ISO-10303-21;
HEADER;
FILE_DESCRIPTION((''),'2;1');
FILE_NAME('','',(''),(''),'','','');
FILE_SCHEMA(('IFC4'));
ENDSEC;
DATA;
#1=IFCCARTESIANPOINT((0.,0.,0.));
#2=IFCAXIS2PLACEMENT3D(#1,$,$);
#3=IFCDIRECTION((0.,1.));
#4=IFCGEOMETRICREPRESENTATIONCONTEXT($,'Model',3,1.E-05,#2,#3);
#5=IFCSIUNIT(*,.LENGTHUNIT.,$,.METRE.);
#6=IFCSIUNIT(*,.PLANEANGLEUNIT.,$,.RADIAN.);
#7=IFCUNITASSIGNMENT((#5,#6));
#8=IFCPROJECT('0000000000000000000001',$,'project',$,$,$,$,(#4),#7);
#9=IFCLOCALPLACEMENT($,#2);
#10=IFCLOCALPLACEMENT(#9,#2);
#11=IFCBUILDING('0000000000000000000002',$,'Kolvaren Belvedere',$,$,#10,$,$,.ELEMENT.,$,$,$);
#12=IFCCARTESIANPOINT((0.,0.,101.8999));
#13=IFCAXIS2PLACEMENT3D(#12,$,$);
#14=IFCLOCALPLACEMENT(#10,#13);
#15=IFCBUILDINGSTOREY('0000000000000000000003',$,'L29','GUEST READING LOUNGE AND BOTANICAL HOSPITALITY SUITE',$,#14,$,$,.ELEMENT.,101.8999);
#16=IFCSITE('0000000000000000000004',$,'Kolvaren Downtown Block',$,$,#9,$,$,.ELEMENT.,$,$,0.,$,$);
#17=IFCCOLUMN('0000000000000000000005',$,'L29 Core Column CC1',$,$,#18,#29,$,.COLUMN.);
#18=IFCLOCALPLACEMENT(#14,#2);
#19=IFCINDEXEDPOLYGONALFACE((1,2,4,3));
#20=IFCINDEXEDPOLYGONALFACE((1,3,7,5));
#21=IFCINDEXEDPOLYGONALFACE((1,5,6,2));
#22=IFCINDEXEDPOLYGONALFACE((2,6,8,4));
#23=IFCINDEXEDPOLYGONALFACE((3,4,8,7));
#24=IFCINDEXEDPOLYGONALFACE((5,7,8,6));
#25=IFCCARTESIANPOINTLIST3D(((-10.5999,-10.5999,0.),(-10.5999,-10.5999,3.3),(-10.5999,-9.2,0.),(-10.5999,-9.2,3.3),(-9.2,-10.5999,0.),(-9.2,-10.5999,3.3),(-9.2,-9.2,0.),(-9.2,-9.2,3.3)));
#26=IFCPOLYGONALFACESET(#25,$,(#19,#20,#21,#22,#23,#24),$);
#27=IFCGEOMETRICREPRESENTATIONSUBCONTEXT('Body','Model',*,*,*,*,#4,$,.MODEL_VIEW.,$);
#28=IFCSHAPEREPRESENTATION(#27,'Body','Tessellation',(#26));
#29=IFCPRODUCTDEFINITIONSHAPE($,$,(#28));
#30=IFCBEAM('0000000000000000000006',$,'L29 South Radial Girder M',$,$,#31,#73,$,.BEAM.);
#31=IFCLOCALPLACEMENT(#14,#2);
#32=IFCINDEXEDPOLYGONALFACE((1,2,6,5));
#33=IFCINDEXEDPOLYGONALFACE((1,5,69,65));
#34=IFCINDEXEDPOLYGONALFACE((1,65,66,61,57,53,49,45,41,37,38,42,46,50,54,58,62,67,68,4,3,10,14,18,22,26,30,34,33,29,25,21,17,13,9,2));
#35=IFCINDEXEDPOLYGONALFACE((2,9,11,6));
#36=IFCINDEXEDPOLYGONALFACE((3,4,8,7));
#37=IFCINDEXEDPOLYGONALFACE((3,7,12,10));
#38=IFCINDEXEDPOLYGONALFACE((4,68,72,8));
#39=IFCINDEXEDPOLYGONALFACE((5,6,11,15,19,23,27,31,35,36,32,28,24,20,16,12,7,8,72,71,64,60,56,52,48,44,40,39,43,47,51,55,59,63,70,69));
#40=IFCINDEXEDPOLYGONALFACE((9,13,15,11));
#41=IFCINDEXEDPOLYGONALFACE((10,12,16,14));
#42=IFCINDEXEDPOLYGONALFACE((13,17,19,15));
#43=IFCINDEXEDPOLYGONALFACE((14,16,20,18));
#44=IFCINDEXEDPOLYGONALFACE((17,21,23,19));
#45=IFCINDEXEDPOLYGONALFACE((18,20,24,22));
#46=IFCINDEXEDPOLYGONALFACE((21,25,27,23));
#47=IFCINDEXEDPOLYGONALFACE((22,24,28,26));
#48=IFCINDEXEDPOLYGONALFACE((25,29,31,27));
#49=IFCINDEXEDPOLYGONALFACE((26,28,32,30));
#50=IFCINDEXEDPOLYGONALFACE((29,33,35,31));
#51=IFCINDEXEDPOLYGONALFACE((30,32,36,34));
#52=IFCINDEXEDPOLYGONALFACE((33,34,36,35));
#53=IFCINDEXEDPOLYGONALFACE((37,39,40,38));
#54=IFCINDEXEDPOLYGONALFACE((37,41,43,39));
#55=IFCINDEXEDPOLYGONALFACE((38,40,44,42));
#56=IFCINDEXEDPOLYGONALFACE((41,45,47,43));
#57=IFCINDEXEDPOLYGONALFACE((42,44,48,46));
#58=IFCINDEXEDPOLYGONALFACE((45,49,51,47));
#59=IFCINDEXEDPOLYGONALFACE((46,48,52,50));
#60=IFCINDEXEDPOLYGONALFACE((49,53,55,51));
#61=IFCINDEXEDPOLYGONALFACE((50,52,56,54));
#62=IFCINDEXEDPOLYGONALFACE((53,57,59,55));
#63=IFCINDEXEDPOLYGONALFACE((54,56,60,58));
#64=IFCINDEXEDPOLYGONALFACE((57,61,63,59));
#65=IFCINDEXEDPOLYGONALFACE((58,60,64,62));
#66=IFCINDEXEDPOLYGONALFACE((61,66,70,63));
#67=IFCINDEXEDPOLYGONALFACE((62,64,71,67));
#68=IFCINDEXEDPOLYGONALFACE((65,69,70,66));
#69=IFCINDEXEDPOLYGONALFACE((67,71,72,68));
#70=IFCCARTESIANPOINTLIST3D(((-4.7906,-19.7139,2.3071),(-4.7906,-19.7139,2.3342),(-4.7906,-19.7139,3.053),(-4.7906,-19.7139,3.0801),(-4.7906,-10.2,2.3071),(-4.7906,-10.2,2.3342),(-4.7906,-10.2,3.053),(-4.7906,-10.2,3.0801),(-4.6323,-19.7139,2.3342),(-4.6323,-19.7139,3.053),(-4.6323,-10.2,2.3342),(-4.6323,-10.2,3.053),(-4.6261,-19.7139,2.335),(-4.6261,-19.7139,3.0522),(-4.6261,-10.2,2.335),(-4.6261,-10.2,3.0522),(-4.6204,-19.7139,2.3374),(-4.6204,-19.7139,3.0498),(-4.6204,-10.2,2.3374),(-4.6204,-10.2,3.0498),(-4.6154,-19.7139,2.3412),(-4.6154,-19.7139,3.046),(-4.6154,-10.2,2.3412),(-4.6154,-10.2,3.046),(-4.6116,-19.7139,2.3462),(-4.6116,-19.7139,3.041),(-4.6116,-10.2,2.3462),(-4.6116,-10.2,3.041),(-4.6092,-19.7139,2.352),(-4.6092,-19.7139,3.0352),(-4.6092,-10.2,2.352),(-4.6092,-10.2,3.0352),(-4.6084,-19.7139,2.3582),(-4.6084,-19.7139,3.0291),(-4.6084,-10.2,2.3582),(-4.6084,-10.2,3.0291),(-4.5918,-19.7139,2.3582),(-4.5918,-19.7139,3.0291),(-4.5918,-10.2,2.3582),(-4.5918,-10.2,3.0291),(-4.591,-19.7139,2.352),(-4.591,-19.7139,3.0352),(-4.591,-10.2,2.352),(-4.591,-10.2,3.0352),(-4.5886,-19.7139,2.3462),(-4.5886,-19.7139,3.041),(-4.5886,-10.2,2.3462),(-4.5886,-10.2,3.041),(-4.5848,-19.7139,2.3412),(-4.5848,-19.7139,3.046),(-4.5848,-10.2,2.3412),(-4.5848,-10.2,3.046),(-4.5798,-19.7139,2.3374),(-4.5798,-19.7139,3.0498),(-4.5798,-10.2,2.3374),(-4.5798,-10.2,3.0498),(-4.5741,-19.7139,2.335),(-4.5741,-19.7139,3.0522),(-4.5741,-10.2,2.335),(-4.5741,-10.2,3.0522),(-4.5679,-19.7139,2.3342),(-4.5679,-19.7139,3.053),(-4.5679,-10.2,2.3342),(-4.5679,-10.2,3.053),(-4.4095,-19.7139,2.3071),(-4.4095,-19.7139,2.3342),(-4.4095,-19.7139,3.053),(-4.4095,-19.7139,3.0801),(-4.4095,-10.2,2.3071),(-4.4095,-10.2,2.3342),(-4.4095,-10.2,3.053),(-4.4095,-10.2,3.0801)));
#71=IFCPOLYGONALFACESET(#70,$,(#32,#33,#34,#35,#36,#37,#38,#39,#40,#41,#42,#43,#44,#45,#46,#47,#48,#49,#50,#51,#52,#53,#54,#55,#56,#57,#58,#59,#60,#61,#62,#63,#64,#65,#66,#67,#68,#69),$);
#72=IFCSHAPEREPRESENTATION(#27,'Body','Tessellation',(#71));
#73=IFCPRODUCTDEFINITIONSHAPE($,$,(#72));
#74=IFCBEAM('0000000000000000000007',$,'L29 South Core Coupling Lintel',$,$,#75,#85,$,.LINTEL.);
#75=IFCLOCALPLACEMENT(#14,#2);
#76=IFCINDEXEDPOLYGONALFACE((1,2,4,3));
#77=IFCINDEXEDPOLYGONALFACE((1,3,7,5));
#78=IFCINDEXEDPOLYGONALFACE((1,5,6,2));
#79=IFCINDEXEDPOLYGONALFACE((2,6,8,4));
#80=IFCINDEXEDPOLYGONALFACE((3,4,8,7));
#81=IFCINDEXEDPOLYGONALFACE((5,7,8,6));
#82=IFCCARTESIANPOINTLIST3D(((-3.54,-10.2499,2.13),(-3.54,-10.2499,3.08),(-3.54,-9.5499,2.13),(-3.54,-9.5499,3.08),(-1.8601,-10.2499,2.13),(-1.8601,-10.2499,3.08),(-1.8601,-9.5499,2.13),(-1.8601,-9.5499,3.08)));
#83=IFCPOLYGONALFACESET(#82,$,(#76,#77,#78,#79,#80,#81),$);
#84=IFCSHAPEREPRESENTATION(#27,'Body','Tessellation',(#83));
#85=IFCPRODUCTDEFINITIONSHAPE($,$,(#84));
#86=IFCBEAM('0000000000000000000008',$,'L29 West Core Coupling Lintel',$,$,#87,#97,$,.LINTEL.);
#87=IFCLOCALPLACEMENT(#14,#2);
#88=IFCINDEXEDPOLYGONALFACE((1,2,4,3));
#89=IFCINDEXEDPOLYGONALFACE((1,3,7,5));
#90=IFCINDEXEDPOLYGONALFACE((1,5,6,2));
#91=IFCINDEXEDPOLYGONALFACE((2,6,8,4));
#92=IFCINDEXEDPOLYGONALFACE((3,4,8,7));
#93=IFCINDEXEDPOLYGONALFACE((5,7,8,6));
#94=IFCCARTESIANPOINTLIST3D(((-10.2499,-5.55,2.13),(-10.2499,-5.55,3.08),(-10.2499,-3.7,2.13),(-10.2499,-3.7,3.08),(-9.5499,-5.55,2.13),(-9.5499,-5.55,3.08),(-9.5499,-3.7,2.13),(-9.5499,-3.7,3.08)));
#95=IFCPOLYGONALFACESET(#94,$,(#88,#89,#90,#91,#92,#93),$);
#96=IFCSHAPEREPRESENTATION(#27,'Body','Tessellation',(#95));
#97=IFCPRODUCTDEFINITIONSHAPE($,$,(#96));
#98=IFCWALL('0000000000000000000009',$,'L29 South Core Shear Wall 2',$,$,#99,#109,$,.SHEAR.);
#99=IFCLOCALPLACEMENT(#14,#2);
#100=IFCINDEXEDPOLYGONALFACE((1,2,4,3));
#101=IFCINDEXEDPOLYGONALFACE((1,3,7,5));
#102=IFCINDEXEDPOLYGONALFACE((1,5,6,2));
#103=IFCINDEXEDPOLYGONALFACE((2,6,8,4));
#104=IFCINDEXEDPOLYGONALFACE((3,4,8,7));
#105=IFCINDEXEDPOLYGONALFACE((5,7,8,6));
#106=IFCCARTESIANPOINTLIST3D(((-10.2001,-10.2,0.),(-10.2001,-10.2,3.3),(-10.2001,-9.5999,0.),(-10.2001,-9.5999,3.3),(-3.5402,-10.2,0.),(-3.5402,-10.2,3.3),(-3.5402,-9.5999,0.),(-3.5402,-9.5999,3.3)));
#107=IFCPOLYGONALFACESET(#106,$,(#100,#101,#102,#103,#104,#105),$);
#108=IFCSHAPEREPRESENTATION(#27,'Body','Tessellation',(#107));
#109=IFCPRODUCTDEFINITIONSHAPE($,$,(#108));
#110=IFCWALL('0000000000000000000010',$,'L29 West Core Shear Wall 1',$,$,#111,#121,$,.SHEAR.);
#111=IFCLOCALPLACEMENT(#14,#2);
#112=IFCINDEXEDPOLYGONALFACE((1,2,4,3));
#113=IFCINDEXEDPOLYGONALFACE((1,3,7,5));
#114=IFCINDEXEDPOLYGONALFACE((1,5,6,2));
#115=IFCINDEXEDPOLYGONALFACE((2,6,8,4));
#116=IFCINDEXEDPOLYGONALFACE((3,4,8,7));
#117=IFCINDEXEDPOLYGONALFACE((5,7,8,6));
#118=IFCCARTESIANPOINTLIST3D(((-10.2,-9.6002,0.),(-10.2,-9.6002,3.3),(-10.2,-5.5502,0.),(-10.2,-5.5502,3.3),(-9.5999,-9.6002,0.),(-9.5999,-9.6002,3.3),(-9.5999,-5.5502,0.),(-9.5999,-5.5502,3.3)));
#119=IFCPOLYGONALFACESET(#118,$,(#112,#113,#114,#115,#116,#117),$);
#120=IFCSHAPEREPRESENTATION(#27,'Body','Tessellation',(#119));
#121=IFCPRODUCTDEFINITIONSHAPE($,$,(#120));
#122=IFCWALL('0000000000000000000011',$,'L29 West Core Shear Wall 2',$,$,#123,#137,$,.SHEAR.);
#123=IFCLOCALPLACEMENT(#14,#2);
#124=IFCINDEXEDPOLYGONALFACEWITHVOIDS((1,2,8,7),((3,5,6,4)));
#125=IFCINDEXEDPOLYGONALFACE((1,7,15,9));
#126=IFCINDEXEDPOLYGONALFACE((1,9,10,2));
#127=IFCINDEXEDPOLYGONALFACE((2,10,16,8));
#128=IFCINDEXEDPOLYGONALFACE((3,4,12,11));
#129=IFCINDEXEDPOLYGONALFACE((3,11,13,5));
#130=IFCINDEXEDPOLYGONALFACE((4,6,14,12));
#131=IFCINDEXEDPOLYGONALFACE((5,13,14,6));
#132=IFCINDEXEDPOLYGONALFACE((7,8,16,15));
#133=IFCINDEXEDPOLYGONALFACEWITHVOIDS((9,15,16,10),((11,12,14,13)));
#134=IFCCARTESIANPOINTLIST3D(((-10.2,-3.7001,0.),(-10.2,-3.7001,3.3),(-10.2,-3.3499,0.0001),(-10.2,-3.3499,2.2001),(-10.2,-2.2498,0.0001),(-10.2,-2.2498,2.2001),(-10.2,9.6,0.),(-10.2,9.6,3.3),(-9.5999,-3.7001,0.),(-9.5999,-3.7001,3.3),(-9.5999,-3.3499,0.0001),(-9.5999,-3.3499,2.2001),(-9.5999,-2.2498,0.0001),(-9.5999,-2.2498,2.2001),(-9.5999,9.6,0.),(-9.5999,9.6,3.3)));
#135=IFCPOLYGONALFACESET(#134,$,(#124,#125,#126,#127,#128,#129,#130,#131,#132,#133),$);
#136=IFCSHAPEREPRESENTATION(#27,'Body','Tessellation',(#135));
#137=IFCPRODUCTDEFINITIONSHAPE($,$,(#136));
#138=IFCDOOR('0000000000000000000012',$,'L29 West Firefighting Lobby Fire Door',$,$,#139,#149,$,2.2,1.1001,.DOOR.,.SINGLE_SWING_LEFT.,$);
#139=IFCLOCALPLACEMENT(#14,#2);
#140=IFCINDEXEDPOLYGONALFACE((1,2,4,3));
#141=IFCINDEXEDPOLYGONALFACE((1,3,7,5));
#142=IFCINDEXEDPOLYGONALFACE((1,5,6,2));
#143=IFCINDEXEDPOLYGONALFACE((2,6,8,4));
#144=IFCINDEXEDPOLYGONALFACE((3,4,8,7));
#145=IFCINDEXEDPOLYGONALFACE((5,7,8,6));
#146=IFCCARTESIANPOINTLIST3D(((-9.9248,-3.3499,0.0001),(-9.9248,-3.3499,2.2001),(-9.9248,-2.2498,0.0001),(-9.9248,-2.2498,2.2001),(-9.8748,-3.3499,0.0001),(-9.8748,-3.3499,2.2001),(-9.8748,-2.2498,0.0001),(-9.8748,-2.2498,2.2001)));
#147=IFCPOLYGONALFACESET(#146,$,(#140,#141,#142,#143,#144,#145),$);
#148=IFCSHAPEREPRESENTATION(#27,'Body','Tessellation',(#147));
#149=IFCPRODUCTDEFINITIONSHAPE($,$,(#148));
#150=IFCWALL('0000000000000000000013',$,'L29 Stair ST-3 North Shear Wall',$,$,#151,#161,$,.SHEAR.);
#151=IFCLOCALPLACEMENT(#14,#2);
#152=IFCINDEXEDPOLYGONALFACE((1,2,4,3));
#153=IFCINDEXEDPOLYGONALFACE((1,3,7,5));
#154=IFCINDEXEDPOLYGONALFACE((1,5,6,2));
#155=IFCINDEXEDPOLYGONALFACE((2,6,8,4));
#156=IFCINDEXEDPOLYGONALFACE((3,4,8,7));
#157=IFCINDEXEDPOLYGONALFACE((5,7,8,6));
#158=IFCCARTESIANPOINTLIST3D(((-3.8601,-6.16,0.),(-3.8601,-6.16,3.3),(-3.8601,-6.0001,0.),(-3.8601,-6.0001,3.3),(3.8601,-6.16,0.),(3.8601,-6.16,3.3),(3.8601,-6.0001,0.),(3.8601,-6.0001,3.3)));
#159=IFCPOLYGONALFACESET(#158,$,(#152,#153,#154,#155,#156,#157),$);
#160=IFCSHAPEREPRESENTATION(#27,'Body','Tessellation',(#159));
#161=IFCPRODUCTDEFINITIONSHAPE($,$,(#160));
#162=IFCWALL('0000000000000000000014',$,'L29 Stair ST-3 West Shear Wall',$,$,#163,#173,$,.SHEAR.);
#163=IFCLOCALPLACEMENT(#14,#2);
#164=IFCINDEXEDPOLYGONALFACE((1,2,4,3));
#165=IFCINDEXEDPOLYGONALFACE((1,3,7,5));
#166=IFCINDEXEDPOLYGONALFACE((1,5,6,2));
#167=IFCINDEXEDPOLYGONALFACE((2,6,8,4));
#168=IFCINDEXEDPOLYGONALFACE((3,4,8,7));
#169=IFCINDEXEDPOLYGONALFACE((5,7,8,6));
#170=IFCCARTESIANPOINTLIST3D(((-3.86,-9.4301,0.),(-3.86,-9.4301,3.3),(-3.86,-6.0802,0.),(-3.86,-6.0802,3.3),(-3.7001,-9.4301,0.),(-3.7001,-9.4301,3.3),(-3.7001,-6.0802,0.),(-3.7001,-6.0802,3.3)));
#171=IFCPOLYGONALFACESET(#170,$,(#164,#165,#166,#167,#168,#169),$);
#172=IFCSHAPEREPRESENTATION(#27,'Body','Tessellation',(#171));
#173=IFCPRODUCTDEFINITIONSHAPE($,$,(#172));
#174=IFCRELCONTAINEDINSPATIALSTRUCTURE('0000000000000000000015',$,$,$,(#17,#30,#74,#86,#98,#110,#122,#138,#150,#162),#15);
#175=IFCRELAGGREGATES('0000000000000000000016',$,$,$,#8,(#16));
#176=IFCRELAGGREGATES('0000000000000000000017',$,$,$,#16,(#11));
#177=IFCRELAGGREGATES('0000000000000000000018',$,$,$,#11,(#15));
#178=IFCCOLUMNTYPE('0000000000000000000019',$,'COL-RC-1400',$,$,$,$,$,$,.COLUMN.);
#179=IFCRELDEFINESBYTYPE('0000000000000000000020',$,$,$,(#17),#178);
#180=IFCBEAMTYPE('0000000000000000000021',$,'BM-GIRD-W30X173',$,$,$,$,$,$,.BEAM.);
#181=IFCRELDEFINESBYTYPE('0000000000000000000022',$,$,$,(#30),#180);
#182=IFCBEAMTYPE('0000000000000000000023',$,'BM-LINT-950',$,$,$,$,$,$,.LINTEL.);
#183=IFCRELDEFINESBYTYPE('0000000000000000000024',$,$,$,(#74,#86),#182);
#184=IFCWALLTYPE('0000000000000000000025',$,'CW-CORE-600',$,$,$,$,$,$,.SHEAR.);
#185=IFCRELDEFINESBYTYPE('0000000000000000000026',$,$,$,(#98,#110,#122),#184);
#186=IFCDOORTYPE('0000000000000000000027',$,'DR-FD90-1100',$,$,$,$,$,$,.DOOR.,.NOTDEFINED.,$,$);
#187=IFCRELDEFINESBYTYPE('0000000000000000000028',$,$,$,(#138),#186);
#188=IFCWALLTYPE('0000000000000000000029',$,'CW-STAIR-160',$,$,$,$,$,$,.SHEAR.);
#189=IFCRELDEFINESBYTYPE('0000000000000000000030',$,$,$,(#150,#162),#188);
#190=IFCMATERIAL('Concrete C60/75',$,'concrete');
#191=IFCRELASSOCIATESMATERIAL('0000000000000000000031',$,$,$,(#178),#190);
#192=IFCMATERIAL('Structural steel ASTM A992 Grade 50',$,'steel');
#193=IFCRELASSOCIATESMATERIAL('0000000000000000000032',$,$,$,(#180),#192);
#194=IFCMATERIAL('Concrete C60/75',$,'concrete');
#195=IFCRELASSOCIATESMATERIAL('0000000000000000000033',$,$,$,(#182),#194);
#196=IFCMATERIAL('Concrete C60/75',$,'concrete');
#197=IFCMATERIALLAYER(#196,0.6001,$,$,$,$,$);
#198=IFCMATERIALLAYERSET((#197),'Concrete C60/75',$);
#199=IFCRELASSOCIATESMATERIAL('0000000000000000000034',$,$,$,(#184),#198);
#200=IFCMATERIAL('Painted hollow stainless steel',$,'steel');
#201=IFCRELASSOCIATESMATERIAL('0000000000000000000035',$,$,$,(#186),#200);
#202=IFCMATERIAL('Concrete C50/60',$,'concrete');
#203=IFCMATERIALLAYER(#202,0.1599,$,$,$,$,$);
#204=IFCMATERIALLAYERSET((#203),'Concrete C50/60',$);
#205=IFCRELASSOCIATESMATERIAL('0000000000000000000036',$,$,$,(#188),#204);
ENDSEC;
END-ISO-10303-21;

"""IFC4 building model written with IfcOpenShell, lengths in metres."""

from ifc_helpers import new_model, si_unit, direction, frame, frame_2d, origin, origin_2d, place, context, subcontext, project, spatial, rectangle, i_section, extrude, material, layer, layer_set, material_profile, profile_set, type_object, element, fill, save


model = new_model("IFC4")

# Units and contexts
model_context = context("Model", 3, precision=1e-05, world=origin(), true_north=direction((0.0, 1.0)))
body_context = subcontext(model_context, "Body", "Model", "MODEL_VIEW")
ifc_project = project(units=[si_unit("LENGTHUNIT", "METRE"), si_unit("PLANEANGLEUNIT", "RADIAN")], contexts=[model_context])

# Site, building, storey
site_placement = place(None, origin())
site = spatial("IfcSite", under=ifc_project, at=site_placement, Name="Kolvaren Downtown Block", CompositionType="ELEMENT", RefElevation=0.0)
building_placement = place(site_placement, origin())
building = spatial("IfcBuilding", under=site, at=building_placement, Name="Kolvaren Belvedere", CompositionType="ELEMENT")
storey_placement = place(building_placement, frame((0.0, 0.0, 101.8999)))
storey = spatial("IfcBuildingStorey", under=building, at=storey_placement, Name="L29", Description="GUEST READING LOUNGE AND BOTANICAL HOSPITALITY SUITE", CompositionType="ELEMENT", Elevation=101.8999)

# Column
ifc_material_1 = material(Name="Concrete C60/75", Category="concrete")
ifc_material_profile_1 = material_profile(ifc_material_1, rectangle(XDim=1.3999, YDim=1.3999, at=origin_2d()), Name="RC 1400X1400")
ifc_profile_set_1 = profile_set([ifc_material_profile_1], Name="Concrete C60/75")
column_type = type_object("IfcColumnType", Name="COL-RC-1400", PredefinedType="COLUMN", material=ifc_profile_set_1)
column_placement = place(storey_placement, frame((-9.8999, -9.8999, 0.0), z_axis=(0.0, 0.0, 1.0), x_axis=(1.0, 0.0, 0.0)))
element("IfcColumn", 1, at=column_placement, inside=storey, type_object=column_type, Name="L29 Core Column CC1", PredefinedType="COLUMN", context=body_context, shape_type="SweptSolid", body=[
    extrude(rectangle(XDim=1.3999, YDim=1.3999, at=origin_2d()), origin(), (0.0, 0.0, 1.0), 3.3),
])

# Beams
ifc_material_2 = material(Name="Structural steel ASTM A992 Grade 50", Category="steel")
ifc_material_profile_2 = material_profile(ifc_material_2, i_section(OverallWidth=0.3811, OverallDepth=0.7729, WebThickness=0.0166, FlangeThickness=0.0271, FilletRadius=0.0239, at=origin_2d()), Name="W30X173")
ifc_profile_set_2 = profile_set([ifc_material_profile_2], Name="Structural steel ASTM A992 Grade 50")
beam_type_1 = type_object("IfcBeamType", Name="BM-GIRD-W30X173", PredefinedType="BEAM", material=ifc_profile_set_2)
beam_1_placement = place(storey_placement, frame((-4.6001, -10.2, 2.6936), z_axis=(0.0, -1.0, 0.0), x_axis=(1.0, 0.0, 0.0)))
element("IfcBeam", 2, at=beam_1_placement, inside=storey, type_object=beam_type_1, Name="L29 South Radial Girder M", PredefinedType="BEAM", context=body_context, shape_type="SweptSolid", body=[
    extrude(i_section(OverallWidth=0.3811, OverallDepth=0.7729, WebThickness=0.0166, FlangeThickness=0.0271, FilletRadius=0.0239, at=origin_2d()), origin(), (0.0, 0.0, 1.0), 9.5139),
])
ifc_material_3 = material(Name="Concrete C60/75", Category="concrete")
ifc_material_profile_3 = material_profile(ifc_material_3, rectangle(XDim=0.7, YDim=0.95, at=origin_2d()), Name="RC 700X950")
ifc_profile_set_3 = profile_set([ifc_material_profile_3], Name="Concrete C60/75")
beam_type_2 = type_object("IfcBeamType", Name="BM-LINT-950", PredefinedType="LINTEL", material=ifc_profile_set_3)
beam_2_placement = place(storey_placement, frame((-3.54, -9.8999, 2.605), z_axis=(1.0, 0.0, 0.0), x_axis=(0.0, 1.0, 0.0)))
element("IfcBeam", 3, at=beam_2_placement, inside=storey, type_object=beam_type_2, Name="L29 South Core Coupling Lintel", PredefinedType="LINTEL", context=body_context, shape_type="SweptSolid", body=[
    extrude(rectangle(XDim=0.7, YDim=0.95, at=origin_2d()), origin(), (0.0, 0.0, 1.0), 1.6799),
])
beam_3_placement = place(storey_placement, frame((-9.8999, -5.55, 2.605), z_axis=(0.0, 1.0, 0.0), x_axis=(-1.0, 0.0, 0.0)))
element("IfcBeam", 4, at=beam_3_placement, inside=storey, type_object=beam_type_2, Name="L29 West Core Coupling Lintel", PredefinedType="LINTEL", context=body_context, shape_type="SweptSolid", body=[
    extrude(rectangle(XDim=0.7, YDim=0.95, at=origin_2d()), origin(), (0.0, 0.0, 1.0), 1.8501),
])

# Walls
ifc_material_4 = material(Name="Concrete C60/75", Category="concrete")
ifc_layer_1 = layer(ifc_material_4, 0.6001)
ifc_layer_set_1 = layer_set([ifc_layer_1], Name="Concrete C60/75")
wall_type_1 = type_object("IfcWallType", Name="CW-CORE-600", PredefinedType="SHEAR", material=ifc_layer_set_1)
wall_1_placement = place(storey_placement, frame((-3.54, -9.8999, 0.0), z_axis=(0.0, 0.0, 1.0), x_axis=(-1.0, 0.0, 0.0)))
element("IfcWall", 5, at=wall_1_placement, inside=storey, type_object=wall_type_1, Name="L29 South Core Shear Wall 2", PredefinedType="SHEAR", context=body_context, shape_type="SweptSolid", body=[
    extrude(rectangle(XDim=6.6599, YDim=0.6001, at=frame_2d((3.3301, 0.0))), origin(), (0.0, 0.0, 1.0), 3.3),
])
wall_2_placement = place(storey_placement, frame((-9.8999, -9.6001, 0.0), z_axis=(0.0, 0.0, 1.0), x_axis=(0.0, 1.0, 0.0)))
element("IfcWall", 6, at=wall_2_placement, inside=storey, type_object=wall_type_1, Name="L29 West Core Shear Wall 1", PredefinedType="SHEAR", context=body_context, shape_type="SweptSolid", body=[
    extrude(rectangle(XDim=4.05, YDim=0.6001, at=frame_2d((2.0249, 0.0))), origin(), (0.0, 0.0, 1.0), 3.3),
])

# Wall, opening, door
wall_3_placement = place(storey_placement, frame((-9.8999, -3.7, 0.0), z_axis=(0.0, 0.0, 1.0), x_axis=(0.0, 1.0, 0.0)))
wall_3 = element("IfcWall", 7, at=wall_3_placement, inside=storey, type_object=wall_type_1, Name="L29 West Core Shear Wall 2", PredefinedType="SHEAR", context=body_context, shape_type="SweptSolid", body=[
    extrude(rectangle(XDim=13.3, YDim=0.6001, at=frame_2d((6.6499, 0.0))), origin(), (0.0, 0.0, 1.0), 3.3),
])
opening_1_placement = place(wall_3_placement, frame((0.3501, 0.0, 0.0)))
opening_1 = element("IfcOpeningElement", 8, at=opening_1_placement, cuts=wall_3, PredefinedType="OPENING", context=body_context, shape_type="SweptSolid", body=[
    extrude(rectangle(XDim=1.1001, YDim=2.2, at=frame_2d((0.55, 1.1001))), frame((0.0, 0.3101, 0.0), z_axis=(0.0, -1.0, 0.0), x_axis=(1.0, 0.0, 0.0)), (0.0, 0.0, 1.0), 0.6201),
])
ifc_material_5 = material(Name="Painted hollow stainless steel", Category="steel")
door_type_1 = type_object("IfcDoorType", Name="DR-FD90-1100", OperationType="NOTDEFINED", PredefinedType="DOOR", material=ifc_material_5)
door_1_placement = place(opening_1_placement, origin())
door_1 = element("IfcDoor", 9, at=door_1_placement, inside=storey, type_object=door_type_1, Name="L29 West Firefighting Lobby Fire Door", OperationType="SINGLE_SWING_LEFT", OverallHeight=2.2, OverallWidth=1.1001, PredefinedType="DOOR", context=body_context, shape_type="SweptSolid", body=[
    extrude(rectangle(XDim=1.1001, YDim=2.2, at=frame_2d((0.55, 1.1001))), frame((0.0, 0.0249, 0.0), z_axis=(0.0, -1.0, 0.0), x_axis=(1.0, 0.0, 0.0)), (0.0, 0.0, 1.0), 0.05),
])
fill(opening_1, door_1)

# Walls
ifc_material_6 = material(Name="Concrete C50/60", Category="concrete")
ifc_layer_2 = layer(ifc_material_6, 0.1599)
ifc_layer_set_2 = layer_set([ifc_layer_2], Name="Concrete C50/60")
wall_type_2 = type_object("IfcWallType", Name="CW-STAIR-160", PredefinedType="SHEAR", material=ifc_layer_set_2)
wall_4_placement = place(storey_placement, frame((-3.8601, -6.0801, 0.0), z_axis=(0.0, 0.0, 1.0), x_axis=(1.0, 0.0, 0.0)))
element("IfcWall", 10, at=wall_4_placement, inside=storey, type_object=wall_type_2, Name="L29 Stair ST-3 North Shear Wall", PredefinedType="SHEAR", context=body_context, shape_type="SweptSolid", body=[
    extrude(rectangle(XDim=7.7202, YDim=0.1599, at=frame_2d((3.8601, 0.0))), origin(), (0.0, 0.0, 1.0), 3.3),
])
wall_5_placement = place(storey_placement, frame((-3.78, -9.4299, 0.0), z_axis=(0.0, 0.0, 1.0), x_axis=(0.0, 1.0, 0.0)))
element("IfcWall", 11, at=wall_5_placement, inside=storey, type_object=wall_type_2, Name="L29 Stair ST-3 West Shear Wall", PredefinedType="SHEAR", context=body_context, shape_type="SweptSolid", body=[
    extrude(rectangle(XDim=3.3499, YDim=0.1599, at=frame_2d((1.6748, 0.0))), origin(), (0.0, 0.0, 1.0), 3.3),
])

save(model, "model.ifc")
